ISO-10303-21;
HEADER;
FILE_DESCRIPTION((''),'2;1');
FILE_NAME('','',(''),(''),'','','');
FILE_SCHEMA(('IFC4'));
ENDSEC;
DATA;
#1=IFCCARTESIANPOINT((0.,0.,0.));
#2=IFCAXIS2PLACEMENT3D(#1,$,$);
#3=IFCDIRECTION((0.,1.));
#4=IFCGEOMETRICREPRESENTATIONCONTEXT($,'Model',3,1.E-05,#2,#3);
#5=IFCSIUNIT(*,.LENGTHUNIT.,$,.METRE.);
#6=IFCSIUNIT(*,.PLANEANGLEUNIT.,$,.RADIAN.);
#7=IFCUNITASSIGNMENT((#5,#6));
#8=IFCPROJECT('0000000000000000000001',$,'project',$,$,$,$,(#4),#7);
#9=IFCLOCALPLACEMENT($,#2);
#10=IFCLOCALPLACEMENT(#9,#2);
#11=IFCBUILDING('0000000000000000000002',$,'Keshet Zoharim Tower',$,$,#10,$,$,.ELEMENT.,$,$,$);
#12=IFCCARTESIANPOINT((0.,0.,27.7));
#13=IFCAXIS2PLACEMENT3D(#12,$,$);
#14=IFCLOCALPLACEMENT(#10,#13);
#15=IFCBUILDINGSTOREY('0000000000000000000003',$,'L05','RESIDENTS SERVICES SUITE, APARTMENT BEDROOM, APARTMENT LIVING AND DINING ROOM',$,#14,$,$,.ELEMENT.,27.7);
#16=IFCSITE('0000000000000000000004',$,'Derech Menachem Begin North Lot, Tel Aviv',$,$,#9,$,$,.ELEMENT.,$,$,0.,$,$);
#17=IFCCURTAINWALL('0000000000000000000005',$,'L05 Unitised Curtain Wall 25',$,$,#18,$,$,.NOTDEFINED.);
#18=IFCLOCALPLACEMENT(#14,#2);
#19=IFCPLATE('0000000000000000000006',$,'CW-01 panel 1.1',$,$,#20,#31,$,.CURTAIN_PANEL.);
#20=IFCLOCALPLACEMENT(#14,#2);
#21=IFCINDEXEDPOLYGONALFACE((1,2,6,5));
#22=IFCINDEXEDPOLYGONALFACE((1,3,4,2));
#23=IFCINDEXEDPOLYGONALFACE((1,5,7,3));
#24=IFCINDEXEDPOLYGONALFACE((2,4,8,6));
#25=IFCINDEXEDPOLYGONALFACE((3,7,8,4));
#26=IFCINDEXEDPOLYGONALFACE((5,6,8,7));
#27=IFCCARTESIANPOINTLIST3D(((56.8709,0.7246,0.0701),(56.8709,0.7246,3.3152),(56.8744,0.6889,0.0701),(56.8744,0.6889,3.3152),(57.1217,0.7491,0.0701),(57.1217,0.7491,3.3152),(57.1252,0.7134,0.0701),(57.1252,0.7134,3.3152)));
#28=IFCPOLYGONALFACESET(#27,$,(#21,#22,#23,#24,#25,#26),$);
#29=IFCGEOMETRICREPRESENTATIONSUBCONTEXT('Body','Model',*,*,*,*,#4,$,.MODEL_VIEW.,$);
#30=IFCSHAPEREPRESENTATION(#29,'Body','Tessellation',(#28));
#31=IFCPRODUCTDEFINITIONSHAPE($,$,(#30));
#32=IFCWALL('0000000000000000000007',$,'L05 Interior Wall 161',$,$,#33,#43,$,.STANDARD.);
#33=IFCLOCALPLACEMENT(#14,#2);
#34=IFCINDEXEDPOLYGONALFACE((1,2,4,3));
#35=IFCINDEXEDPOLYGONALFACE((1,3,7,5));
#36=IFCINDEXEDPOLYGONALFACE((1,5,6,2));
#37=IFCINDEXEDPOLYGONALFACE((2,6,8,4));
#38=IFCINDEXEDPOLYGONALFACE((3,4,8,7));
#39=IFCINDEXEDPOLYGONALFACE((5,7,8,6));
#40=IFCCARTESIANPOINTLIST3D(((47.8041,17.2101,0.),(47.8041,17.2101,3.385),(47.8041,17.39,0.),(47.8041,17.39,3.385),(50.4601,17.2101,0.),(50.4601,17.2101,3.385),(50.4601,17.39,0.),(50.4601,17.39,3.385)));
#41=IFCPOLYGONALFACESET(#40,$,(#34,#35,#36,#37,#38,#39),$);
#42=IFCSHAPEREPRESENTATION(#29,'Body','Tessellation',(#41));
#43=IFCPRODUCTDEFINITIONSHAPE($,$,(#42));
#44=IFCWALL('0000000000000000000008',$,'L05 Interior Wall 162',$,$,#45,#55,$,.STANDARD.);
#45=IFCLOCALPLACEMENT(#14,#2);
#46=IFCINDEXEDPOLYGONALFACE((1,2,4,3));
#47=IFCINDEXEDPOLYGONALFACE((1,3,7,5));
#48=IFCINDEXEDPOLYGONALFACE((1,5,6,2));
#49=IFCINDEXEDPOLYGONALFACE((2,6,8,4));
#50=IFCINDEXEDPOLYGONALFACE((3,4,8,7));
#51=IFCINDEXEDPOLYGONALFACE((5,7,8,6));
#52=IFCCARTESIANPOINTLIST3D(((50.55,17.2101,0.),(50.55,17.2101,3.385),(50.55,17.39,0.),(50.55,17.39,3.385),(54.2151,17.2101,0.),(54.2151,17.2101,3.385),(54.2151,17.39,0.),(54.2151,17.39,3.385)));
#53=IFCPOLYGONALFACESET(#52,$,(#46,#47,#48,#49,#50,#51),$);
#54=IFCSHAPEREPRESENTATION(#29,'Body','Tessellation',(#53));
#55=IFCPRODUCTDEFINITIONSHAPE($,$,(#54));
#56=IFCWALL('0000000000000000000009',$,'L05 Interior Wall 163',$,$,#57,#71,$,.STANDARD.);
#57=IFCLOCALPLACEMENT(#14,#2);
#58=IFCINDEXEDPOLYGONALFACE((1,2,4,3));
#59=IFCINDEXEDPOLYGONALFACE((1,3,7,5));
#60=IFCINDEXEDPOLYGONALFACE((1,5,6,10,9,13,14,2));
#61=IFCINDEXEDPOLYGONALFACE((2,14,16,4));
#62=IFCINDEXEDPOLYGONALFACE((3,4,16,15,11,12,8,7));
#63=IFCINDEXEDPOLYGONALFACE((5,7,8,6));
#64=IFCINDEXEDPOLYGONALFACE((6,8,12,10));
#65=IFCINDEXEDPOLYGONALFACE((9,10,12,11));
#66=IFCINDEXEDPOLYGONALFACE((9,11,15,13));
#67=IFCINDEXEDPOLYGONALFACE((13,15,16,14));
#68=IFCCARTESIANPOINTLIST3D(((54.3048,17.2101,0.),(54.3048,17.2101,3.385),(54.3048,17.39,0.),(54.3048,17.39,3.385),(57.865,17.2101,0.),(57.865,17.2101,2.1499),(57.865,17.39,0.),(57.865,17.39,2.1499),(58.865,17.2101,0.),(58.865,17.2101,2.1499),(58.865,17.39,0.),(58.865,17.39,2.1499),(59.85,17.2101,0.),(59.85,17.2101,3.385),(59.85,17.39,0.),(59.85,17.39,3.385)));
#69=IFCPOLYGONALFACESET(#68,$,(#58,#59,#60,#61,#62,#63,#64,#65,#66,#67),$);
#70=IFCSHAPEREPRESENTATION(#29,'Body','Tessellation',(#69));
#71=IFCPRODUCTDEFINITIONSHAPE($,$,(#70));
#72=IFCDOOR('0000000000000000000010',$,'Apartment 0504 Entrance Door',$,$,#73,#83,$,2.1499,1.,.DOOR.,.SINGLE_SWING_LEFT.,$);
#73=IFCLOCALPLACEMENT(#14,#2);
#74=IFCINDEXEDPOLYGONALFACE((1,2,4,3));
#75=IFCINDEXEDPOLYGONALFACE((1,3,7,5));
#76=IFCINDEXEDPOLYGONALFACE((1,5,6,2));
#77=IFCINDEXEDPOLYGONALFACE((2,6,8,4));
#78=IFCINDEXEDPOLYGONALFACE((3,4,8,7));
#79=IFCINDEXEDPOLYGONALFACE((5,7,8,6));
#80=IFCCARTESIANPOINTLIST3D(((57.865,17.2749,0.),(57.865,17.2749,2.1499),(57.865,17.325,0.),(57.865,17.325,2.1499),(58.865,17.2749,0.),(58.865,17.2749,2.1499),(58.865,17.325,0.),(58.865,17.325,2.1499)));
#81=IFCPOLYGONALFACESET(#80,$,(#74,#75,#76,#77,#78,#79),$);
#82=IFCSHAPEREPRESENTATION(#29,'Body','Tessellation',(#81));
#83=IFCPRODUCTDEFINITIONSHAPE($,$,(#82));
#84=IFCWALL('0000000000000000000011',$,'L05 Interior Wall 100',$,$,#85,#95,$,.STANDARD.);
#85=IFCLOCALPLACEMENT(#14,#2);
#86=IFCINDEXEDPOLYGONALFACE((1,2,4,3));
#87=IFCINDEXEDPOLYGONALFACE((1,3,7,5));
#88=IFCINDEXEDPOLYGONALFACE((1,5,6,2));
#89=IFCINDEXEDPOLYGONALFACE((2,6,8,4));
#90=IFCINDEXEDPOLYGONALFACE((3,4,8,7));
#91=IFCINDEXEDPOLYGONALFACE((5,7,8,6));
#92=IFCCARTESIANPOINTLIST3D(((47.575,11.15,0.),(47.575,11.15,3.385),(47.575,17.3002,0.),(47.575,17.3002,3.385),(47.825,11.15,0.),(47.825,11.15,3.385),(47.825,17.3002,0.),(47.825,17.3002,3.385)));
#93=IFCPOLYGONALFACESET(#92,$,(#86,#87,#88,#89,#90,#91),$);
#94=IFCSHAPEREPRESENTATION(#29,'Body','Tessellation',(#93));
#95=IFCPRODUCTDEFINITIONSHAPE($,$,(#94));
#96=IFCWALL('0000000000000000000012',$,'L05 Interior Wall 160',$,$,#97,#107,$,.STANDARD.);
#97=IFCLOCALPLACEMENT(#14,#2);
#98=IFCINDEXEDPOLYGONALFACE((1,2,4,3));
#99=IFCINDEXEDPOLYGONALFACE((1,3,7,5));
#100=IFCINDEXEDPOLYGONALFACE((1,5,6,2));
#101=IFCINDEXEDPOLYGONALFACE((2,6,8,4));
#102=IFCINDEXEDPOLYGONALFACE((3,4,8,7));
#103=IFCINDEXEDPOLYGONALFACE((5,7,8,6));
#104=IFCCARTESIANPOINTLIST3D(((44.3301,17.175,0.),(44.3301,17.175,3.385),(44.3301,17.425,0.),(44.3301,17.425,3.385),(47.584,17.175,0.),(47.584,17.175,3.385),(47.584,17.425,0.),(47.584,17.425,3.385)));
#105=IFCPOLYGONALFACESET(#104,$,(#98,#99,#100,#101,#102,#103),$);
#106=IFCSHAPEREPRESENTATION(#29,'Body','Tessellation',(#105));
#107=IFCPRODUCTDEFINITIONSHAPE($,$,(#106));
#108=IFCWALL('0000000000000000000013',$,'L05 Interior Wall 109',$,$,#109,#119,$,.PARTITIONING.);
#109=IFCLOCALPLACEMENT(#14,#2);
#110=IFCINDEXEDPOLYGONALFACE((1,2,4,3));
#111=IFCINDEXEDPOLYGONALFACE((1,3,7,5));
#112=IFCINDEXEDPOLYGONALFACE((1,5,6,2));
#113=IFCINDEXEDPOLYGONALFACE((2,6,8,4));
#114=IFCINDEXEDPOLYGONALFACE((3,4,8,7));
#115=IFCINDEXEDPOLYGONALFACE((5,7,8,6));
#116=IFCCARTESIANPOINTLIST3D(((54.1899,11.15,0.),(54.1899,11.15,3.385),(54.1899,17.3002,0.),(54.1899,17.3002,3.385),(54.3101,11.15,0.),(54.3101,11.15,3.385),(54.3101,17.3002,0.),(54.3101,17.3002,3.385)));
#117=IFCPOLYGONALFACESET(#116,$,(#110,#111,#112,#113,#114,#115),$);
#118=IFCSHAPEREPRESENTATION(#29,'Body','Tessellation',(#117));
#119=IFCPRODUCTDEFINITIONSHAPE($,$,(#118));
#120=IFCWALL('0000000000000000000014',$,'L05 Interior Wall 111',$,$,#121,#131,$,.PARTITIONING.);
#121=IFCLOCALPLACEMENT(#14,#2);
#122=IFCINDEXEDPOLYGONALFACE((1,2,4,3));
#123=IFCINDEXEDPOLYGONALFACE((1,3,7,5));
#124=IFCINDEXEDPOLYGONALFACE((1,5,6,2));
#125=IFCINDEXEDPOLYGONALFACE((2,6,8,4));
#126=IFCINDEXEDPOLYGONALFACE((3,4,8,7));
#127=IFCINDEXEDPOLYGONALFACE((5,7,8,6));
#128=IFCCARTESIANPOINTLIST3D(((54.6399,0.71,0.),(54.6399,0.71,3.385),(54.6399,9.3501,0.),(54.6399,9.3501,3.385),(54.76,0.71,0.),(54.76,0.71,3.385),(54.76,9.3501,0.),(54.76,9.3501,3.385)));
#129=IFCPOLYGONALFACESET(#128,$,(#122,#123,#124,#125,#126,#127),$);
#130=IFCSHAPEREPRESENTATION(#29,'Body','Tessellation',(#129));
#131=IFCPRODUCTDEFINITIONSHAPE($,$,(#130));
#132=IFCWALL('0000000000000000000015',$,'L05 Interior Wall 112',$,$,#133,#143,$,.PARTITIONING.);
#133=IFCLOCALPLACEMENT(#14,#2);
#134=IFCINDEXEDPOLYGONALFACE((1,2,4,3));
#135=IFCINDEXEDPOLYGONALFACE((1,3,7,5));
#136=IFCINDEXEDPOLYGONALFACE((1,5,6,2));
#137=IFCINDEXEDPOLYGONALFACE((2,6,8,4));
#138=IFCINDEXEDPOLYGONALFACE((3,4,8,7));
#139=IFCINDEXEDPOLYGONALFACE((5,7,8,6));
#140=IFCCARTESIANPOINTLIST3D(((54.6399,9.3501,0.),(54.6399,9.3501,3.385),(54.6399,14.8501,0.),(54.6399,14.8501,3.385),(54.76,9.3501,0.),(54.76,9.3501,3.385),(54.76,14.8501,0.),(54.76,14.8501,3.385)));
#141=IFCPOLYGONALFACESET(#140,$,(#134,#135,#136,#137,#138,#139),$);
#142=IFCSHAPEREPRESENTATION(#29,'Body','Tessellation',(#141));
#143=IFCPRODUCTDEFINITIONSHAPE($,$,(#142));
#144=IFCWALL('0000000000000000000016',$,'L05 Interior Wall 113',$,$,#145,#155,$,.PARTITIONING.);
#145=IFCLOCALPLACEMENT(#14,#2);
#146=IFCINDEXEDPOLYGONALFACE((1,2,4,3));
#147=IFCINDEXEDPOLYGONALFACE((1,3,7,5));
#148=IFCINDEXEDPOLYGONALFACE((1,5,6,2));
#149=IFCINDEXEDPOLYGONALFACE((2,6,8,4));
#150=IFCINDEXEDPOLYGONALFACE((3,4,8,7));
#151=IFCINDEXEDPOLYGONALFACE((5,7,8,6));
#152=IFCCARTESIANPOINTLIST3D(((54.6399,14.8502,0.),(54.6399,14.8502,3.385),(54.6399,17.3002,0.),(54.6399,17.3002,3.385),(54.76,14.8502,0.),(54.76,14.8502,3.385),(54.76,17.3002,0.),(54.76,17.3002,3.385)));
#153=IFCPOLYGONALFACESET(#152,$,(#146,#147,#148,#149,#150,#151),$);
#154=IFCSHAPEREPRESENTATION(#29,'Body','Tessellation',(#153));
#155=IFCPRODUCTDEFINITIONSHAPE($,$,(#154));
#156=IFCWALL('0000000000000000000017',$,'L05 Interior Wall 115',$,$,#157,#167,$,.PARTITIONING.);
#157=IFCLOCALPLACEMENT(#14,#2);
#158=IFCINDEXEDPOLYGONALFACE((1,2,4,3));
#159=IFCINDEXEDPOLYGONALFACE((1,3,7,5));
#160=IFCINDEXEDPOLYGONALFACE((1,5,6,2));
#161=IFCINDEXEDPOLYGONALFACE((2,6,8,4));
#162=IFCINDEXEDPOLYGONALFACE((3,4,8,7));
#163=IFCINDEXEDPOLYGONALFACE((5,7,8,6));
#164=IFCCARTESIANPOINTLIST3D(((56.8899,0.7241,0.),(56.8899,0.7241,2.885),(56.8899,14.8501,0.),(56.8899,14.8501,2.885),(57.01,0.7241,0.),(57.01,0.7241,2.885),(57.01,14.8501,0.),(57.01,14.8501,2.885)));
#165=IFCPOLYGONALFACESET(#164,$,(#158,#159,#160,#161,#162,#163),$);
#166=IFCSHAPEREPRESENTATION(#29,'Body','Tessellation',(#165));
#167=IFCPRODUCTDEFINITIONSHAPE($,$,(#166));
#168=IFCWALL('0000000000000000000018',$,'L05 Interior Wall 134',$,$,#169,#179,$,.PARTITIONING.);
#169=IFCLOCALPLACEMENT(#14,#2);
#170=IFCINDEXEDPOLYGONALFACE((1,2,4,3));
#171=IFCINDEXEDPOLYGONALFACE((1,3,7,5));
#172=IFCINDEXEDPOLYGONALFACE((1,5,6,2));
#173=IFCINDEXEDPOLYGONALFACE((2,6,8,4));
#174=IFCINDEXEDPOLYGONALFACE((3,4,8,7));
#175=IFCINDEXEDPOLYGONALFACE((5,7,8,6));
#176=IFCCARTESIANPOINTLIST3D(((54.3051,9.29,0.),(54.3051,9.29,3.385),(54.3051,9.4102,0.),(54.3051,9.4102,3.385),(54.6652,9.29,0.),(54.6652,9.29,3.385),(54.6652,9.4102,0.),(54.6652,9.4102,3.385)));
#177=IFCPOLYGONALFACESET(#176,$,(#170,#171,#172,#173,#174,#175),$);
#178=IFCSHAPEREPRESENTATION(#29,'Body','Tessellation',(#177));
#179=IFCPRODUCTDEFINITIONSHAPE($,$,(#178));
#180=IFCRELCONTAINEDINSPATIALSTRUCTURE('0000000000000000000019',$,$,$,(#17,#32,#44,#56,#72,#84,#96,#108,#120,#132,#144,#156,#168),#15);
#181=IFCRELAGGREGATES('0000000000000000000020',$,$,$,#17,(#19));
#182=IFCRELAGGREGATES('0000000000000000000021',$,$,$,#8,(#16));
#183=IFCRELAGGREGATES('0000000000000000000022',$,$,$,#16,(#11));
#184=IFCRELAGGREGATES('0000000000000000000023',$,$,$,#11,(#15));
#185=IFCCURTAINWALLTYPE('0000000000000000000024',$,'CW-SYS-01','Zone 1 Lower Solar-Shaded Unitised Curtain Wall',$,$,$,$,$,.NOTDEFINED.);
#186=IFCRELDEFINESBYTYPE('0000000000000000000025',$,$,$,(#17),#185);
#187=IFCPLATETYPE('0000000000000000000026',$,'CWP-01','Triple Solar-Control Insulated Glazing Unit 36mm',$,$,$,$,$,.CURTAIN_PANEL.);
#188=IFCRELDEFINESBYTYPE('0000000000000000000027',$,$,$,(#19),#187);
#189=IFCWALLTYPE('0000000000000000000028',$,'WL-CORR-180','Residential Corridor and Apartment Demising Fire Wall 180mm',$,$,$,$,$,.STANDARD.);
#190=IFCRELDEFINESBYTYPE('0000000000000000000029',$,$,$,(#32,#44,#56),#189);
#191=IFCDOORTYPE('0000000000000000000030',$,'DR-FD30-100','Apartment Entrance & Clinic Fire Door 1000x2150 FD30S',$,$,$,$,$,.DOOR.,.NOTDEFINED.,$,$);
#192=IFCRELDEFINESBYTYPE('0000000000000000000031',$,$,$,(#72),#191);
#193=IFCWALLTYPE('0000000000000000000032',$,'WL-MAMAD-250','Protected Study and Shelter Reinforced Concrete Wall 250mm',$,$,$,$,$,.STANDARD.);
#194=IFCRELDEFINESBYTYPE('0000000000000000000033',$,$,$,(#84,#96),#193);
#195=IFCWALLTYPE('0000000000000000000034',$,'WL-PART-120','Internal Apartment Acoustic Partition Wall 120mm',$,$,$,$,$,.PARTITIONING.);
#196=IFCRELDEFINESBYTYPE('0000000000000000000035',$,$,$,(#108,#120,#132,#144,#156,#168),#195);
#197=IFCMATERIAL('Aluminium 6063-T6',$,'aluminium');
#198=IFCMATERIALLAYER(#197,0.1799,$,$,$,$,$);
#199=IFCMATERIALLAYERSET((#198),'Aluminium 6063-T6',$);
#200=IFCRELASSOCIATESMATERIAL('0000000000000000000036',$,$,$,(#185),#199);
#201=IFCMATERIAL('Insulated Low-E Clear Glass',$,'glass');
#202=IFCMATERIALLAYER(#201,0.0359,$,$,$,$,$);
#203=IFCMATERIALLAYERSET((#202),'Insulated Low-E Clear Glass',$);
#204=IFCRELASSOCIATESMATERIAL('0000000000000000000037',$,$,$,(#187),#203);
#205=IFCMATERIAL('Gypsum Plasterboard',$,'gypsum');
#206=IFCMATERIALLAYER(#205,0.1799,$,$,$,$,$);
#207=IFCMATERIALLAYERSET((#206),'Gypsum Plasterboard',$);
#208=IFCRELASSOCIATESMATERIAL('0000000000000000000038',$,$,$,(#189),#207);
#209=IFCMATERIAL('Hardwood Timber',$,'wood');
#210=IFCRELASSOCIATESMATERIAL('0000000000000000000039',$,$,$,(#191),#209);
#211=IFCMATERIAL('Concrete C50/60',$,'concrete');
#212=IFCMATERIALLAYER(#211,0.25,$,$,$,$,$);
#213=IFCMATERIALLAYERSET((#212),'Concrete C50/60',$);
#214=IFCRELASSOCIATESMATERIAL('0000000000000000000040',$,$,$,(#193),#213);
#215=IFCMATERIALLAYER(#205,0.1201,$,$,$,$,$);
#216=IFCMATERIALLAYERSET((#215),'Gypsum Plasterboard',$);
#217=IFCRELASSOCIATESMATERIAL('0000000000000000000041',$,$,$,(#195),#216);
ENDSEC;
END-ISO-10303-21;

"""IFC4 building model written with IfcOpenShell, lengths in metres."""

from ifc_helpers import new_model, si_unit, direction, frame, frame_2d, origin, origin_2d, place, context, subcontext, project, spatial, rectangle, extrude, material, layer, layer_set, type_object, element, fill, aggregate, save


model = new_model("IFC4")

# Units and contexts
model_context = context("Model", 3, precision=1e-05, world=origin(), true_north=direction((0.0, 1.0)))
body_context = subcontext(model_context, "Body", "Model", "MODEL_VIEW")
ifc_project = project(units=[si_unit("LENGTHUNIT", "METRE"), si_unit("PLANEANGLEUNIT", "RADIAN")], contexts=[model_context])

# Site, building, storey
site_placement = place(None, origin())
site = spatial("IfcSite", under=ifc_project, at=site_placement, Name="Derech Menachem Begin North Lot, Tel Aviv", CompositionType="ELEMENT", RefElevation=0.0)
building_placement = place(site_placement, origin())
building = spatial("IfcBuilding", under=site, at=building_placement, Name="Keshet Zoharim Tower", CompositionType="ELEMENT")
storey_placement = place(building_placement, frame((0.0, 0.0, 27.7)))
storey = spatial("IfcBuildingStorey", under=building, at=storey_placement, Name="L05", Description="RESIDENTS SERVICES SUITE, APARTMENT BEDROOM, APARTMENT LIVING AND DINING ROOM", CompositionType="ELEMENT", Elevation=27.7)

# Curtain wall, plate
ifc_material_1 = material(Name="Aluminium 6063-T6", Category="aluminium")
ifc_layer_1 = layer(ifc_material_1, 0.1799)
ifc_layer_set_1 = layer_set([ifc_layer_1], Name="Aluminium 6063-T6")
curtain_wall_type = type_object("IfcCurtainWallType", Name="CW-SYS-01", Description="Zone 1 Lower Solar-Shaded Unitised Curtain Wall", PredefinedType="NOTDEFINED", material=ifc_layer_set_1)
curtain_wall_placement = place(storey_placement, origin())
curtain_wall = element("IfcCurtainWall", 1, at=curtain_wall_placement, inside=storey, type_object=curtain_wall_type, Name="L05 Unitised Curtain Wall 25", PredefinedType="NOTDEFINED")
ifc_material_2 = material(Name="Insulated Low-E Clear Glass", Category="glass")
ifc_layer_2 = layer(ifc_material_2, 0.0359)
ifc_layer_set_2 = layer_set([ifc_layer_2], Name="Insulated Low-E Clear Glass")
plate_type = type_object("IfcPlateType", Name="CWP-01", Description="Triple Solar-Control Insulated Glazing Unit 36mm", PredefinedType="CURTAIN_PANEL", material=ifc_layer_set_2)
plate_placement = place(storey_placement, frame((56.998, 0.719, 0.0701), z_axis=(0.0, 0.0, 1.0), x_axis=(-0.995287, -0.096977, 0.0)))
plate = element("IfcPlate", 2, at=plate_placement, type_object=plate_type, Name="CW-01 panel 1.1", PredefinedType="CURTAIN_PANEL", context=body_context, shape_type="SweptSolid", body=[
    extrude(rectangle(XDim=0.252, YDim=0.0359, at=origin_2d()), origin(), (0.0, 0.0, 1.0), 3.2451),
])
aggregate(curtain_wall, [plate])

# Walls
ifc_material_3 = material(Name="Gypsum Plasterboard", Category="gypsum")
ifc_layer_3 = layer(ifc_material_3, 0.1799)
ifc_layer_set_3 = layer_set([ifc_layer_3], Name="Gypsum Plasterboard")
wall_type_1 = type_object("IfcWallType", Name="WL-CORR-180", Description="Residential Corridor and Apartment Demising Fire Wall 180mm", PredefinedType="STANDARD", material=ifc_layer_set_3)
wall_1_placement = place(storey_placement, frame((47.804, 17.3, 0.0), z_axis=(0.0, 0.0, 1.0), x_axis=(1.0, 0.0, 0.0)))
element("IfcWall", 3, at=wall_1_placement, inside=storey, type_object=wall_type_1, Name="L05 Interior Wall 161", PredefinedType="STANDARD", context=body_context, shape_type="SweptSolid", body=[
    extrude(rectangle(XDim=2.656, YDim=0.1799, at=frame_2d((1.3281, 0.0))), origin(), (0.0, 0.0, 1.0), 3.385),
])
wall_2_placement = place(storey_placement, frame((50.55, 17.3, 0.0), z_axis=(0.0, 0.0, 1.0), x_axis=(1.0, 0.0, 0.0)))
element("IfcWall", 4, at=wall_2_placement, inside=storey, type_object=wall_type_1, Name="L05 Interior Wall 162", PredefinedType="STANDARD", context=body_context, shape_type="SweptSolid", body=[
    extrude(rectangle(XDim=3.665, YDim=0.1799, at=frame_2d((1.8325, 0.0))), origin(), (0.0, 0.0, 1.0), 3.385),
])

# Wall, opening, door
wall_3_placement = place(storey_placement, frame((54.3049, 17.3, 0.0), z_axis=(0.0, 0.0, 1.0), x_axis=(1.0, 0.0, 0.0)))
wall_3 = element("IfcWall", 5, at=wall_3_placement, inside=storey, type_object=wall_type_1, Name="L05 Interior Wall 163", PredefinedType="STANDARD", context=body_context, shape_type="SweptSolid", body=[
    extrude(rectangle(XDim=5.5452, YDim=0.1799, at=frame_2d((2.7725, 0.0))), origin(), (0.0, 0.0, 1.0), 3.385),
])
opening_1_placement = place(wall_3_placement, frame((3.5601, 0.0, 0.0)))
opening_1 = element("IfcOpeningElement", 6, at=opening_1_placement, cuts=wall_3, PredefinedType="OPENING", context=body_context, shape_type="SweptSolid", body=[
    extrude(rectangle(XDim=1.0, YDim=2.1499, at=frame_2d((0.5, 1.075))), frame((0.0, 0.1001, 0.0), z_axis=(0.0, -1.0, 0.0), x_axis=(1.0, 0.0, 0.0)), (0.0, 0.0, 1.0), 0.2),
])
ifc_material_4 = material(Name="Hardwood Timber", Category="wood")
door_type_1 = type_object("IfcDoorType", Name="DR-FD30-100", Description="Apartment Entrance & Clinic Fire Door 1000x2150 FD30S", OperationType="NOTDEFINED", PredefinedType="DOOR", material=ifc_material_4)
door_1_placement = place(opening_1_placement, origin())
door_1 = element("IfcDoor", 7, at=door_1_placement, inside=storey, type_object=door_type_1, Name="Apartment 0504 Entrance Door", OperationType="SINGLE_SWING_LEFT", OverallHeight=2.1499, OverallWidth=1.0, PredefinedType="DOOR", context=body_context, shape_type="SweptSolid", body=[
    extrude(rectangle(XDim=1.0, YDim=2.1499, at=frame_2d((0.5, 1.075))), frame((0.0, 0.0249, 0.0), z_axis=(0.0, -1.0, 0.0), x_axis=(1.0, 0.0, 0.0)), (0.0, 0.0, 1.0), 0.05),
])
fill(opening_1, door_1)

# Wall
ifc_material_5 = material(Name="Concrete C50/60", Category="concrete")
ifc_layer_4 = layer(ifc_material_5, 0.25)
ifc_layer_set_4 = layer_set([ifc_layer_4], Name="Concrete C50/60")
wall_type_2 = type_object("IfcWallType", Name="WL-MAMAD-250", Description="Protected Study and Shelter Reinforced Concrete Wall 250mm", PredefinedType="STANDARD", material=ifc_layer_set_4)
wall_4_placement = place(storey_placement, frame((47.7, 11.1499, 0.0), z_axis=(0.0, 0.0, 1.0), x_axis=(0.0, 1.0, 0.0)))
element("IfcWall", 8, at=wall_4_placement, inside=storey, type_object=wall_type_2, Name="L05 Interior Wall 100", PredefinedType="STANDARD", context=body_context, shape_type="SweptSolid", body=[
    extrude(rectangle(XDim=6.1501, YDim=0.25, at=frame_2d((3.0752, 0.0))), origin(), (0.0, 0.0, 1.0), 3.385),
])

# Walls
wall_5_placement = place(storey_placement, frame((44.3301, 17.3, 0.0), z_axis=(0.0, 0.0, 1.0), x_axis=(1.0, 0.0, 0.0)))
element("IfcWall", 9, at=wall_5_placement, inside=storey, type_object=wall_type_2, Name="L05 Interior Wall 160", PredefinedType="STANDARD", context=body_context, shape_type="SweptSolid", body=[
    extrude(rectangle(XDim=3.2539, YDim=0.25, at=frame_2d((1.627, 0.0))), origin(), (0.0, 0.0, 1.0), 3.385),
])
ifc_layer_5 = layer(ifc_material_3, 0.1201)
ifc_layer_set_5 = layer_set([ifc_layer_5], Name="Gypsum Plasterboard")
wall_type_3 = type_object("IfcWallType", Name="WL-PART-120", Description="Internal Apartment Acoustic Partition Wall 120mm", PredefinedType="PARTITIONING", material=ifc_layer_set_5)
wall_6_placement = place(storey_placement, frame((54.25, 11.1499, 0.0), z_axis=(0.0, 0.0, 1.0), x_axis=(0.0, 1.0, 0.0)))
element("IfcWall", 10, at=wall_6_placement, inside=storey, type_object=wall_type_3, Name="L05 Interior Wall 109", PredefinedType="PARTITIONING", context=body_context, shape_type="SweptSolid", body=[
    extrude(rectangle(XDim=6.1501, YDim=0.1201, at=frame_2d((3.0752, 0.0))), origin(), (0.0, 0.0, 1.0), 3.385),
])
wall_7_placement = place(storey_placement, frame((54.7, 0.71, 0.0), z_axis=(0.0, 0.0, 1.0), x_axis=(0.0, 1.0, 0.0)))
element("IfcWall", 11, at=wall_7_placement, inside=storey, type_object=wall_type_3, Name="L05 Interior Wall 111", PredefinedType="PARTITIONING", context=body_context, shape_type="SweptSolid", body=[
    extrude(rectangle(XDim=8.6401, YDim=0.1201, at=frame_2d((4.3201, 0.0))), origin(), (0.0, 0.0, 1.0), 3.385),
])
wall_8_placement = place(storey_placement, frame((54.7, 9.3501, 0.0), z_axis=(0.0, 0.0, 1.0), x_axis=(0.0, 1.0, 0.0)))
element("IfcWall", 12, at=wall_8_placement, inside=storey, type_object=wall_type_3, Name="L05 Interior Wall 112", PredefinedType="PARTITIONING", context=body_context, shape_type="SweptSolid", body=[
    extrude(rectangle(XDim=5.5, YDim=0.1201, at=frame_2d((2.75, 0.0))), origin(), (0.0, 0.0, 1.0), 3.385),
])
wall_9_placement = place(storey_placement, frame((54.7, 14.8501, 0.0), z_axis=(0.0, 0.0, 1.0), x_axis=(0.0, 1.0, 0.0)))
element("IfcWall", 13, at=wall_9_placement, inside=storey, type_object=wall_type_3, Name="L05 Interior Wall 113", PredefinedType="PARTITIONING", context=body_context, shape_type="SweptSolid", body=[
    extrude(rectangle(XDim=2.45, YDim=0.1201, at=frame_2d((1.2251, 0.0))), origin(), (0.0, 0.0, 1.0), 3.385),
])
wall_10_placement = place(storey_placement, frame((56.95, 0.7241, 0.0), z_axis=(0.0, 0.0, 1.0), x_axis=(0.0, 1.0, 0.0)))
element("IfcWall", 14, at=wall_10_placement, inside=storey, type_object=wall_type_3, Name="L05 Interior Wall 115", PredefinedType="PARTITIONING", context=body_context, shape_type="SweptSolid", body=[
    extrude(rectangle(XDim=14.126, YDim=0.1201, at=frame_2d((7.063, 0.0))), origin(), (0.0, 0.0, 1.0), 2.885),
])

# Wall
wall_11_placement = place(storey_placement, frame((54.3049, 9.3501, 0.0), z_axis=(0.0, 0.0, 1.0), x_axis=(1.0, 0.0, 0.0)))
element("IfcWall", 15, at=wall_11_placement, inside=storey, type_object=wall_type_3, Name="L05 Interior Wall 134", PredefinedType="PARTITIONING", context=body_context, shape_type="SweptSolid", body=[
    extrude(rectangle(XDim=0.3601, YDim=0.1201, at=frame_2d((0.1802, 0.0))), origin(), (0.0, 0.0, 1.0), 3.385),
])

save(model, "model.ifc")
